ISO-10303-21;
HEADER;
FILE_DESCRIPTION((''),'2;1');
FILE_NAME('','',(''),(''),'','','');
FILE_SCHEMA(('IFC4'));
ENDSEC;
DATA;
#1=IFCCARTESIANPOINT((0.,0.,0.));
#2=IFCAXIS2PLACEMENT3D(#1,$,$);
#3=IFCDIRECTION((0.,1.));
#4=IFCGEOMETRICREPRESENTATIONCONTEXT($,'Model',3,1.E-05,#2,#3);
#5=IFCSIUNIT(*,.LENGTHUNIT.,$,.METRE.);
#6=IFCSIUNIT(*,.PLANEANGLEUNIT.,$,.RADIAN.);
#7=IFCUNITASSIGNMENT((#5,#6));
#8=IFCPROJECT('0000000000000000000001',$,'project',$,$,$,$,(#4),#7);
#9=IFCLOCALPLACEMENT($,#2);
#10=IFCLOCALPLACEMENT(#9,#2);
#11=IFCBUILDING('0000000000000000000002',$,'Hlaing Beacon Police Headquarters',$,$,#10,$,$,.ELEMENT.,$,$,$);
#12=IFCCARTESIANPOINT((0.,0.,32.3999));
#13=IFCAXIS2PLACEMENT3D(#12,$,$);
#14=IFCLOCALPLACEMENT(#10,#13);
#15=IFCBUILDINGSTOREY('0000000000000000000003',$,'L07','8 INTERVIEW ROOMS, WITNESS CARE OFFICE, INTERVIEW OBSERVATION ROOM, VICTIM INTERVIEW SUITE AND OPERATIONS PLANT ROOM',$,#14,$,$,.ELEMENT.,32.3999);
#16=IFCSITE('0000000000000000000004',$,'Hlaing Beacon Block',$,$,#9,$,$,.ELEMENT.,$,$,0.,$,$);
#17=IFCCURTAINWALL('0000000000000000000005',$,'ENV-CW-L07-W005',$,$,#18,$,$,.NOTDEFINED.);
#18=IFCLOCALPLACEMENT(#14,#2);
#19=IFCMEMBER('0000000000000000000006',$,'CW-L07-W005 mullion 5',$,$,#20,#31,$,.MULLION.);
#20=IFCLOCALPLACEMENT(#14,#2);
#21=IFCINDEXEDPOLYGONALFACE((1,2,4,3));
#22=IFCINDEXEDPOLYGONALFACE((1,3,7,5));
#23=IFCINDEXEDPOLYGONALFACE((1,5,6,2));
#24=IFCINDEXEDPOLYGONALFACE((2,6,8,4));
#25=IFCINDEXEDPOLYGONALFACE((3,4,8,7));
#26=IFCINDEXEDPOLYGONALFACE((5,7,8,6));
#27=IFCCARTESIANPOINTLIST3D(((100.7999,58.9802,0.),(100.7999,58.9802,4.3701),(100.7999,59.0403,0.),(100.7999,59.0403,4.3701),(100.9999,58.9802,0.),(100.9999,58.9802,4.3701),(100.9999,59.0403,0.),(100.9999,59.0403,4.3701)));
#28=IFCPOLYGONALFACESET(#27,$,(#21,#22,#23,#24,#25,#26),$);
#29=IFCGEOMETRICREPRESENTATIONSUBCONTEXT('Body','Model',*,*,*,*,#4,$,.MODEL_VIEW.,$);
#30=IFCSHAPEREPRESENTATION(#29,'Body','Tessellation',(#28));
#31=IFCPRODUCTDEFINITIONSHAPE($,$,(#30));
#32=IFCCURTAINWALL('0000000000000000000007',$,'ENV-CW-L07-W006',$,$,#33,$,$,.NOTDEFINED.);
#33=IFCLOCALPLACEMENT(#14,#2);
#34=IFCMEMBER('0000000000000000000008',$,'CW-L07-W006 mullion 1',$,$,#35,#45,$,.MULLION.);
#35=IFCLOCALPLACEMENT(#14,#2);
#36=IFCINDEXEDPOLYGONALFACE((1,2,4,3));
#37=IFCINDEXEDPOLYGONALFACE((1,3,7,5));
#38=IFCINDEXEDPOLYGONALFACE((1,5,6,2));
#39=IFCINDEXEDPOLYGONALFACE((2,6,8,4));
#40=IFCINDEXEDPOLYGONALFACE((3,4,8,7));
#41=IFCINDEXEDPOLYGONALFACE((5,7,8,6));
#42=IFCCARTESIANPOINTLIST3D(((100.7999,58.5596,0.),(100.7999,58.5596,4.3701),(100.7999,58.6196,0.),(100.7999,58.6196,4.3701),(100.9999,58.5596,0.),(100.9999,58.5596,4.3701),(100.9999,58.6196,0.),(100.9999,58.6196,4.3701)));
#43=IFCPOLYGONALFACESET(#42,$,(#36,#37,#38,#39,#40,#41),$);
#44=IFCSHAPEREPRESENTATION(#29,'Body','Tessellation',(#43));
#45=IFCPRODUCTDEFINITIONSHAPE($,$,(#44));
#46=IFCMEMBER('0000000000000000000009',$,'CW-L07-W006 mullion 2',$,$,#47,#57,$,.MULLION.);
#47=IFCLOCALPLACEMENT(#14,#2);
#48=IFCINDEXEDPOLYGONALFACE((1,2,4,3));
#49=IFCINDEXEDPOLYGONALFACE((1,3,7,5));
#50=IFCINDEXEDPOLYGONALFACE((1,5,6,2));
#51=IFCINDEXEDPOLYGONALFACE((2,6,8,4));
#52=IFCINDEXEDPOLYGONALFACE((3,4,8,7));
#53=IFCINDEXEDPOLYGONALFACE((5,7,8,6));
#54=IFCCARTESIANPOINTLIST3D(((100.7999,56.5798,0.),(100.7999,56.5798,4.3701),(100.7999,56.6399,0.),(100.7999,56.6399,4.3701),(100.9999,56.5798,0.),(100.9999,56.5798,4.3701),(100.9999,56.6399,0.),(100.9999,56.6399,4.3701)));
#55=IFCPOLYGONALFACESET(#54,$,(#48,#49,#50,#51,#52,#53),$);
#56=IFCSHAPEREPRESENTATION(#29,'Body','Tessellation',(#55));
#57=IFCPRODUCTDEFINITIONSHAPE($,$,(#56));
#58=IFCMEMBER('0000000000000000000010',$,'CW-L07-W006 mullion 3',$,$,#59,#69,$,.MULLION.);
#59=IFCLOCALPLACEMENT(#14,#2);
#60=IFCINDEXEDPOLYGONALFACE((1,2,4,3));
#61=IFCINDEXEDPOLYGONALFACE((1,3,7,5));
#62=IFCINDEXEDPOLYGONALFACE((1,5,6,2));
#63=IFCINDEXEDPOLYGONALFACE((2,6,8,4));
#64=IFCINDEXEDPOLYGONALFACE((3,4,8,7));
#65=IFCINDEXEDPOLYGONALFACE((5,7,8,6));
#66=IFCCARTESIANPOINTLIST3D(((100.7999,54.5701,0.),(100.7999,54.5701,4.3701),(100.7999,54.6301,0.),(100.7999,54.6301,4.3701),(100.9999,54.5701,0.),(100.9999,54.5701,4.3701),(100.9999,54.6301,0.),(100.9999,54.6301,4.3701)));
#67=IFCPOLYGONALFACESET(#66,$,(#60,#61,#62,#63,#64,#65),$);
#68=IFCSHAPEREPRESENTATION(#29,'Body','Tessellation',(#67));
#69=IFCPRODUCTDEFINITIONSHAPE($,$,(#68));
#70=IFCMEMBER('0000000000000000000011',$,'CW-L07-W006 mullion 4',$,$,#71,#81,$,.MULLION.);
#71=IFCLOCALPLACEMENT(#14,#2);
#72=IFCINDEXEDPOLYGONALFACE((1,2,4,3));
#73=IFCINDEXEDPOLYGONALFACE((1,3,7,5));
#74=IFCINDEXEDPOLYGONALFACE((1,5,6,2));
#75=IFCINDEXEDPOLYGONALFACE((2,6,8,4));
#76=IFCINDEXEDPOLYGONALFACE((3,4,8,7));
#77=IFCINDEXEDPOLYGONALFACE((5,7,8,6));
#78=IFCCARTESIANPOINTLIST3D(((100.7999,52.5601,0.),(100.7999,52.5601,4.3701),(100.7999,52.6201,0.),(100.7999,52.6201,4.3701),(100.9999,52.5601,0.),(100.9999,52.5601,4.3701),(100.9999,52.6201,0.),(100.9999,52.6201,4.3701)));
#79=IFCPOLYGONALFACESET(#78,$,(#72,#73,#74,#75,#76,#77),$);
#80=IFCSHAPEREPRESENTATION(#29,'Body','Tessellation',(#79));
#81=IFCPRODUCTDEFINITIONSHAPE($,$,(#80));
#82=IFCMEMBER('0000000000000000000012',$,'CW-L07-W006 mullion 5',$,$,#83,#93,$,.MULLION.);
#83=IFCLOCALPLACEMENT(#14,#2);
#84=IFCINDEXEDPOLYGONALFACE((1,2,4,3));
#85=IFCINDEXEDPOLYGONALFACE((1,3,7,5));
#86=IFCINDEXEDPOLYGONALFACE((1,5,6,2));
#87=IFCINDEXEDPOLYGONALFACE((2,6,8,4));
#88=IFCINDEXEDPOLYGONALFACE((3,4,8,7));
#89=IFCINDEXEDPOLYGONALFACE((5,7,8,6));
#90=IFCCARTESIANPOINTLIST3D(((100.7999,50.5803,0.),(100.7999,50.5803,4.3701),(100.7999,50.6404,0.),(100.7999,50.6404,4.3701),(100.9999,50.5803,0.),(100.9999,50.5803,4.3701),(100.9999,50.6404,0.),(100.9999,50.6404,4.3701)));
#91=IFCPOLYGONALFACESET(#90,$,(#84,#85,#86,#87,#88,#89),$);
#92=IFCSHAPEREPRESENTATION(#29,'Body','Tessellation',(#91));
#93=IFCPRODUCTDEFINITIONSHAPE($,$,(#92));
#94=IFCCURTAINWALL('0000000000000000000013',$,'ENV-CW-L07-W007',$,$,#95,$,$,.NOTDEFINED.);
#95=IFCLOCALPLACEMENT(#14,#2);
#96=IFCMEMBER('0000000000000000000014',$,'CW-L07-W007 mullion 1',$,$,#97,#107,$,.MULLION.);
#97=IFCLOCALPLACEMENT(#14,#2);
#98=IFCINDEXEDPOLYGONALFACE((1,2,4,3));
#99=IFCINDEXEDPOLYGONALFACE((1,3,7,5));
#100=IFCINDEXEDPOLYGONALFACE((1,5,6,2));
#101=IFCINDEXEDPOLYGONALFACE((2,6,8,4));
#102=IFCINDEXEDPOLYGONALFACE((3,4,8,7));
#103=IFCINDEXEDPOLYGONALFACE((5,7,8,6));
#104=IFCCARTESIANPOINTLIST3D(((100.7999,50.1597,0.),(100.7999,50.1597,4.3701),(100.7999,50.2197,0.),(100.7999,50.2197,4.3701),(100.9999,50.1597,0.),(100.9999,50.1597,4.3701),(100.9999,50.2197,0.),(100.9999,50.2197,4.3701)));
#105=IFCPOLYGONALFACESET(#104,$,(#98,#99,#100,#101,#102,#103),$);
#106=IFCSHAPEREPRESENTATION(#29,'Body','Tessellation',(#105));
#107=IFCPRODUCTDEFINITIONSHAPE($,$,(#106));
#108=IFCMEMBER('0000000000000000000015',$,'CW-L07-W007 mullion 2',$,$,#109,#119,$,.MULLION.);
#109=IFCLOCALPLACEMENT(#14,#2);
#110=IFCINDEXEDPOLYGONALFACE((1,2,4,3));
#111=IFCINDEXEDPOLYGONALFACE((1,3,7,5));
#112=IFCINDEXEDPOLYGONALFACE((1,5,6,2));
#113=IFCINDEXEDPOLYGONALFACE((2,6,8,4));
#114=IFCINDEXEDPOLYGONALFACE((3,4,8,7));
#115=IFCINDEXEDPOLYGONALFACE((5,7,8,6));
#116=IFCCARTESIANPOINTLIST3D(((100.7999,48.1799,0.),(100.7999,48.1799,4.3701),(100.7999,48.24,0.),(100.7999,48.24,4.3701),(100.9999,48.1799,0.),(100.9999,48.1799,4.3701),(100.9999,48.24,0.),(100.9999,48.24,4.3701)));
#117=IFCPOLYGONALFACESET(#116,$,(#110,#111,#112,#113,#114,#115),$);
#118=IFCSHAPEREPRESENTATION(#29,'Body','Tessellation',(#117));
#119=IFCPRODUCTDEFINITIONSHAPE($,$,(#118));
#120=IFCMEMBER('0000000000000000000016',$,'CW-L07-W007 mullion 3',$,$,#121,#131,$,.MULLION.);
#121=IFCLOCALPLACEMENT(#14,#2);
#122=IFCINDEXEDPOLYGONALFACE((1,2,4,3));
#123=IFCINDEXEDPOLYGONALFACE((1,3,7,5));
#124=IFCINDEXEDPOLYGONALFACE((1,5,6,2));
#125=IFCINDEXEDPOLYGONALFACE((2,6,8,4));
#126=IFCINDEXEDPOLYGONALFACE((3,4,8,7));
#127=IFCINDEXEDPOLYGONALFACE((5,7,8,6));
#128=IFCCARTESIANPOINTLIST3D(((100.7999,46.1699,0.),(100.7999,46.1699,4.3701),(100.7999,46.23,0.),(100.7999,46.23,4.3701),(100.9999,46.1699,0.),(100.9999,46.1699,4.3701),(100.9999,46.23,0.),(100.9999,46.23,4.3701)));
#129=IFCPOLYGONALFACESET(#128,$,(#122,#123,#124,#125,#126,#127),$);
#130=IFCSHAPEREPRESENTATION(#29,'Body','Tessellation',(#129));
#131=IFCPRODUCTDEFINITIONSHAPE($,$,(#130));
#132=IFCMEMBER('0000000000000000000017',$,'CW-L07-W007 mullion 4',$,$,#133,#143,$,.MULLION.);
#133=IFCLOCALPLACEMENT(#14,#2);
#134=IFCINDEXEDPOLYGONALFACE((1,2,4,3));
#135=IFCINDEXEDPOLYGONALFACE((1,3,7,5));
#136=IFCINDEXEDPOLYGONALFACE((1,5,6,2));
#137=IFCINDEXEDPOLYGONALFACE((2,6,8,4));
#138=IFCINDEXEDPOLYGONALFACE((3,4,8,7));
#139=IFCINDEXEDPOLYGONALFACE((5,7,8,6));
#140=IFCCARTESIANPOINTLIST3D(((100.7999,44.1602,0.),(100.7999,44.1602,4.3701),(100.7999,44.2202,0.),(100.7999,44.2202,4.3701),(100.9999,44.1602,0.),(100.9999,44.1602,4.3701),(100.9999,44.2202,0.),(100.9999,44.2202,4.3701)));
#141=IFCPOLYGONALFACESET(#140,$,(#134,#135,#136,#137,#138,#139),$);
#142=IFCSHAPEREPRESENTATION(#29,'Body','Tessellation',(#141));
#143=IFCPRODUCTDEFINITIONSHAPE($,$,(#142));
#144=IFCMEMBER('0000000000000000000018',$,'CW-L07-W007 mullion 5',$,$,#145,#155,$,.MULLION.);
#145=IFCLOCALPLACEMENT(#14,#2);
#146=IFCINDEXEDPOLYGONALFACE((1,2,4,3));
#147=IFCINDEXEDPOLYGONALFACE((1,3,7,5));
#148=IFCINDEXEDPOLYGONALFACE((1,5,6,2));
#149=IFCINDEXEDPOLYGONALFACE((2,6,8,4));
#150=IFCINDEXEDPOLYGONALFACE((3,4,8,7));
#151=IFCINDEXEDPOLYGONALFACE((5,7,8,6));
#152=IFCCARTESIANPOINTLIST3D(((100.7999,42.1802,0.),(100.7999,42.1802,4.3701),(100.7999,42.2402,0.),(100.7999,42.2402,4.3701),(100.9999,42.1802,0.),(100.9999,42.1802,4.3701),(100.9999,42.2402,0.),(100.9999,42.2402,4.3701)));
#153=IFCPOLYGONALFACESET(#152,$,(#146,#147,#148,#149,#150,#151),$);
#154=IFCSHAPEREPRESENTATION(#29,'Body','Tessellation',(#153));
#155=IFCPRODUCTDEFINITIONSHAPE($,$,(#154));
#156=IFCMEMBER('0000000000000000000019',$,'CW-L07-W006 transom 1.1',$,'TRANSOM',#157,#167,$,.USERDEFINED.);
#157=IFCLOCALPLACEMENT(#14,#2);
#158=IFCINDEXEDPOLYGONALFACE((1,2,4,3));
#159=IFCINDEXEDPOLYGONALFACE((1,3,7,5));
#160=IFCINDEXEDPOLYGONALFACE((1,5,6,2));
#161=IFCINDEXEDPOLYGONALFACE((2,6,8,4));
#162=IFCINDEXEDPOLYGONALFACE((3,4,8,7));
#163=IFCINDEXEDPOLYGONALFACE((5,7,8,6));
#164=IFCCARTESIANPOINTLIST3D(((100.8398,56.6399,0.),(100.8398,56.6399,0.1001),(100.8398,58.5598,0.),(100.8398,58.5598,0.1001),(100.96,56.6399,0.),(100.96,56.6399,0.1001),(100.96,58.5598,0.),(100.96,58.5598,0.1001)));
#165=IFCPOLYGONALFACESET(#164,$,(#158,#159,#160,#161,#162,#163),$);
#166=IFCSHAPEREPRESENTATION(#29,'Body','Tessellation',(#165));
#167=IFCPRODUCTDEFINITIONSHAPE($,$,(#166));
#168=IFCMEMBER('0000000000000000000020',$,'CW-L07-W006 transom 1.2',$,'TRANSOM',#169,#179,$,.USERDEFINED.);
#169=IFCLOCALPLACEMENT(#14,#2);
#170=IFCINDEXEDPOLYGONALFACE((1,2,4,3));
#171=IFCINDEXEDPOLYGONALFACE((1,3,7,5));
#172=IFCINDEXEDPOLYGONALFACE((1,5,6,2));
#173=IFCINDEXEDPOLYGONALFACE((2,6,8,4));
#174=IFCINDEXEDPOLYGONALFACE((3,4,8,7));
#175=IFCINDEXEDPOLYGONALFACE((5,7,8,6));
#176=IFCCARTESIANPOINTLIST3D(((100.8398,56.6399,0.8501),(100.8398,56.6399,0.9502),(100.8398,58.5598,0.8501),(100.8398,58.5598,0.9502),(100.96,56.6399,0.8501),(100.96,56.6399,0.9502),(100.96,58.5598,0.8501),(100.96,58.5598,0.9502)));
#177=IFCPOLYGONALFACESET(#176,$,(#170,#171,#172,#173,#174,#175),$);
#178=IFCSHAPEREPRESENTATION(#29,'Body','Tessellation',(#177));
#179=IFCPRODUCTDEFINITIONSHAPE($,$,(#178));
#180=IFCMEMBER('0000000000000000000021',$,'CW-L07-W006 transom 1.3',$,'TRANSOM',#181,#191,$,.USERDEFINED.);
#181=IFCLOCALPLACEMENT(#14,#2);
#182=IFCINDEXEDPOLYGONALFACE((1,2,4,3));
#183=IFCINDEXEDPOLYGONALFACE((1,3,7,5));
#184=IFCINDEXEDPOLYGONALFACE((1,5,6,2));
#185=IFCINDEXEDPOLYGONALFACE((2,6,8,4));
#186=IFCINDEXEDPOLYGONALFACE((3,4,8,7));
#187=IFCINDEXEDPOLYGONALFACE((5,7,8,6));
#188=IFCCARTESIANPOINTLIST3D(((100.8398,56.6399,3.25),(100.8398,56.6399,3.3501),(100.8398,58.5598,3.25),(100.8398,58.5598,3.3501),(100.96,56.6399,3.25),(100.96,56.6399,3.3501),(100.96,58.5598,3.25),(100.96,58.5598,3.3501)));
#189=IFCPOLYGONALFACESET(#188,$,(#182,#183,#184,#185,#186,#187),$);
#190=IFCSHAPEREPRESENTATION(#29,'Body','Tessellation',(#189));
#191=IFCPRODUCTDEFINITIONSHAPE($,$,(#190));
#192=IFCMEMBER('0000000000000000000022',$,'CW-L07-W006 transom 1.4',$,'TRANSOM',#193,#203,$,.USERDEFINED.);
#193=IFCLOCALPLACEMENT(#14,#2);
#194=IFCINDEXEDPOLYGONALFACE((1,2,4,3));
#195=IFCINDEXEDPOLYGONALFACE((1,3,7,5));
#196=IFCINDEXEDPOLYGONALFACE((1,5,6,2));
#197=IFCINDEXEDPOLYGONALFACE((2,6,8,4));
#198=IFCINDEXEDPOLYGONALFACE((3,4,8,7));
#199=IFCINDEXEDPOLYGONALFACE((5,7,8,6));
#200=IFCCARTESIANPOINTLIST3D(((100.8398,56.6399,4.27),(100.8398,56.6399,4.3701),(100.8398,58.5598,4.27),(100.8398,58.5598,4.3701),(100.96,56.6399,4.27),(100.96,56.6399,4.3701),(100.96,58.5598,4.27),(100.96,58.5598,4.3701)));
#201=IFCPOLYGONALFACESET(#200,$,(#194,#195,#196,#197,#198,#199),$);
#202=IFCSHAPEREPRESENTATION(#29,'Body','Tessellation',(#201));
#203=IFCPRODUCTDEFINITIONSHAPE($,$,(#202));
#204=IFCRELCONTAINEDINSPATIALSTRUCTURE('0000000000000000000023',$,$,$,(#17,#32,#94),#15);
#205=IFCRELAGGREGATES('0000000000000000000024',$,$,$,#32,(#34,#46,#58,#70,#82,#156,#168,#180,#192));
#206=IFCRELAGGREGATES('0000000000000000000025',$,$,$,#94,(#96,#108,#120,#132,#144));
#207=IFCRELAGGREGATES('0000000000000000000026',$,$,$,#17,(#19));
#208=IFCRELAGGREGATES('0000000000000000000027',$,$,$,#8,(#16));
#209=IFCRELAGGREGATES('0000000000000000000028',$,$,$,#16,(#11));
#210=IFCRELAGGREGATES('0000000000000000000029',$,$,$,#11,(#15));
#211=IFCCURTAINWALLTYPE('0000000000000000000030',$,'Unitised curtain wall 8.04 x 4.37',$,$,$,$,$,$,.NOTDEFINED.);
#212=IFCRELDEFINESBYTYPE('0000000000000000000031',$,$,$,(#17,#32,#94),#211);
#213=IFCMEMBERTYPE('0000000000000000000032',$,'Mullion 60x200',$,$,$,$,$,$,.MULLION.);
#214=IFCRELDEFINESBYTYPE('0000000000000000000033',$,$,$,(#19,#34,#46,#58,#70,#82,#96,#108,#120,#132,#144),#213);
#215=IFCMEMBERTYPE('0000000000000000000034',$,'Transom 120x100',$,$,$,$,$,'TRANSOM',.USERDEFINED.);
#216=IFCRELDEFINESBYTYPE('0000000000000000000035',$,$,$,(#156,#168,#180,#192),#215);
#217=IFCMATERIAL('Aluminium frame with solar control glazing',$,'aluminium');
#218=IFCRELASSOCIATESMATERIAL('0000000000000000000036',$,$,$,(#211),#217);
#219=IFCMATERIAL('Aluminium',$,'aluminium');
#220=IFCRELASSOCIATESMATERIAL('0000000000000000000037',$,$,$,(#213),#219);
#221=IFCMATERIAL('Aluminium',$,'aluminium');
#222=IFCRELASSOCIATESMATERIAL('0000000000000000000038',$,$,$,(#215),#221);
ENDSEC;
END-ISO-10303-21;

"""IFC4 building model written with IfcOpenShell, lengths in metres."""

from ifc_helpers import new_model, si_unit, direction, frame, origin, origin_2d, place, context, subcontext, project, spatial, rectangle, extrude, material, material_profile, profile_set, type_object, element, aggregate, save


model = new_model("IFC4")

# Units and contexts
model_context = context("Model", 3, precision=1e-05, world=origin(), true_north=direction((0.0, 1.0)))
body_context = subcontext(model_context, "Body", "Model", "MODEL_VIEW")
ifc_project = project(units=[si_unit("LENGTHUNIT", "METRE"), si_unit("PLANEANGLEUNIT", "RADIAN")], contexts=[model_context])

# Site, building, storey
site_placement = place(None, origin())
site = spatial("IfcSite", under=ifc_project, at=site_placement, Name="Hlaing Beacon Block", CompositionType="ELEMENT", RefElevation=0.0)
building_placement = place(site_placement, origin())
building = spatial("IfcBuilding", under=site, at=building_placement, Name="Hlaing Beacon Police Headquarters", CompositionType="ELEMENT")
storey_placement = place(building_placement, frame((0.0, 0.0, 32.3999)))
storey = spatial("IfcBuildingStorey", under=building, at=storey_placement, Name="L07", Description="8 INTERVIEW ROOMS, WITNESS CARE OFFICE, INTERVIEW OBSERVATION ROOM, VICTIM INTERVIEW SUITE AND OPERATIONS PLANT ROOM", CompositionType="ELEMENT", Elevation=32.3999)

# Curtain wall, member
ifc_material_1 = material(Name="Aluminium frame with solar control glazing", Category="aluminium")
curtain_wall_type = type_object("IfcCurtainWallType", Name="Unitised curtain wall 8.04 x 4.37", PredefinedType="NOTDEFINED", material=ifc_material_1)
curtain_wall_1_placement = place(storey_placement, origin())
curtain_wall_1 = element("IfcCurtainWall", 1, at=curtain_wall_1_placement, inside=storey, type_object=curtain_wall_type, Name="ENV-CW-L07-W005", PredefinedType="NOTDEFINED")
ifc_material_2 = material(Name="Aluminium", Category="aluminium")
ifc_material_profile_1 = material_profile(ifc_material_2, rectangle(XDim=0.2, YDim=0.0601, at=origin_2d()), Name="Mullion 60x200")
ifc_profile_set_1 = profile_set([ifc_material_profile_1], Name="Aluminium")
member_type_1 = type_object("IfcMemberType", Name="Mullion 60x200", PredefinedType="MULLION", material=ifc_profile_set_1)
member_1_placement = place(storey_placement, frame((100.8999, 59.0103, 0.0), z_axis=(0.0, 0.0, 1.0), x_axis=(1.0, 0.0, 0.0)))
member_1 = element("IfcMember", 2, at=member_1_placement, type_object=member_type_1, Name="CW-L07-W005 mullion 5", PredefinedType="MULLION", context=body_context, shape_type="SweptSolid", body=[
    extrude(rectangle(XDim=0.2, YDim=0.0601, at=origin_2d()), origin(), (0.0, 0.0, 1.0), 4.3701),
])

# Curtain walls, members
curtain_wall_2_placement = place(storey_placement, origin())
curtain_wall_2 = element("IfcCurtainWall", 3, at=curtain_wall_2_placement, inside=storey, type_object=curtain_wall_type, Name="ENV-CW-L07-W006", PredefinedType="NOTDEFINED")
member_2_placement = place(storey_placement, frame((100.8999, 58.5896, 0.0), z_axis=(0.0, 0.0, 1.0), x_axis=(1.0, 0.0, 0.0)))
member_2 = element("IfcMember", 4, at=member_2_placement, type_object=member_type_1, Name="CW-L07-W006 mullion 1", PredefinedType="MULLION", context=body_context, shape_type="SweptSolid", body=[
    extrude(rectangle(XDim=0.2, YDim=0.0601, at=origin_2d()), origin(), (0.0, 0.0, 1.0), 4.3701),
])
member_3_placement = place(storey_placement, frame((100.8999, 56.6099, 0.0), z_axis=(0.0, 0.0, 1.0), x_axis=(1.0, 0.0, 0.0)))
member_3 = element("IfcMember", 5, at=member_3_placement, type_object=member_type_1, Name="CW-L07-W006 mullion 2", PredefinedType="MULLION", context=body_context, shape_type="SweptSolid", body=[
    extrude(rectangle(XDim=0.2, YDim=0.0601, at=origin_2d()), origin(), (0.0, 0.0, 1.0), 4.3701),
])
member_4_placement = place(storey_placement, frame((100.8999, 54.6001, 0.0), z_axis=(0.0, 0.0, 1.0), x_axis=(1.0, 0.0, 0.0)))
member_4 = element("IfcMember", 6, at=member_4_placement, type_object=member_type_1, Name="CW-L07-W006 mullion 3", PredefinedType="MULLION", context=body_context, shape_type="SweptSolid", body=[
    extrude(rectangle(XDim=0.2, YDim=0.0601, at=origin_2d()), origin(), (0.0, 0.0, 1.0), 4.3701),
])
member_5_placement = place(storey_placement, frame((100.8999, 52.5901, 0.0), z_axis=(0.0, 0.0, 1.0), x_axis=(1.0, 0.0, 0.0)))
member_5 = element("IfcMember", 7, at=member_5_placement, type_object=member_type_1, Name="CW-L07-W006 mullion 4", PredefinedType="MULLION", context=body_context, shape_type="SweptSolid", body=[
    extrude(rectangle(XDim=0.2, YDim=0.0601, at=origin_2d()), origin(), (0.0, 0.0, 1.0), 4.3701),
])
member_6_placement = place(storey_placement, frame((100.8999, 50.6104, 0.0), z_axis=(0.0, 0.0, 1.0), x_axis=(1.0, 0.0, 0.0)))
member_6 = element("IfcMember", 8, at=member_6_placement, type_object=member_type_1, Name="CW-L07-W006 mullion 5", PredefinedType="MULLION", context=body_context, shape_type="SweptSolid", body=[
    extrude(rectangle(XDim=0.2, YDim=0.0601, at=origin_2d()), origin(), (0.0, 0.0, 1.0), 4.3701),
])
curtain_wall_3_placement = place(storey_placement, origin())
curtain_wall_3 = element("IfcCurtainWall", 9, at=curtain_wall_3_placement, inside=storey, type_object=curtain_wall_type, Name="ENV-CW-L07-W007", PredefinedType="NOTDEFINED")
member_7_placement = place(storey_placement, frame((100.8999, 50.1897, 0.0), z_axis=(0.0, 0.0, 1.0), x_axis=(1.0, 0.0, 0.0)))
member_7 = element("IfcMember", 10, at=member_7_placement, type_object=member_type_1, Name="CW-L07-W007 mullion 1", PredefinedType="MULLION", context=body_context, shape_type="SweptSolid", body=[
    extrude(rectangle(XDim=0.2, YDim=0.0601, at=origin_2d()), origin(), (0.0, 0.0, 1.0), 4.3701),
])
member_8_placement = place(storey_placement, frame((100.8999, 48.21, 0.0), z_axis=(0.0, 0.0, 1.0), x_axis=(1.0, 0.0, 0.0)))
member_8 = element("IfcMember", 11, at=member_8_placement, type_object=member_type_1, Name="CW-L07-W007 mullion 2", PredefinedType="MULLION", context=body_context, shape_type="SweptSolid", body=[
    extrude(rectangle(XDim=0.2, YDim=0.0601, at=origin_2d()), origin(), (0.0, 0.0, 1.0), 4.3701),
])
member_9_placement = place(storey_placement, frame((100.8999, 46.2, 0.0), z_axis=(0.0, 0.0, 1.0), x_axis=(1.0, 0.0, 0.0)))
member_9 = element("IfcMember", 12, at=member_9_placement, type_object=member_type_1, Name="CW-L07-W007 mullion 3", PredefinedType="MULLION", context=body_context, shape_type="SweptSolid", body=[
    extrude(rectangle(XDim=0.2, YDim=0.0601, at=origin_2d()), origin(), (0.0, 0.0, 1.0), 4.3701),
])
member_10_placement = place(storey_placement, frame((100.8999, 44.1902, 0.0), z_axis=(0.0, 0.0, 1.0), x_axis=(1.0, 0.0, 0.0)))
member_10 = element("IfcMember", 13, at=member_10_placement, type_object=member_type_1, Name="CW-L07-W007 mullion 4", PredefinedType="MULLION", context=body_context, shape_type="SweptSolid", body=[
    extrude(rectangle(XDim=0.2, YDim=0.0601, at=origin_2d()), origin(), (0.0, 0.0, 1.0), 4.3701),
])
member_11_placement = place(storey_placement, frame((100.8999, 42.2102, 0.0), z_axis=(0.0, 0.0, 1.0), x_axis=(1.0, 0.0, 0.0)))
member_11 = element("IfcMember", 14, at=member_11_placement, type_object=member_type_1, Name="CW-L07-W007 mullion 5", PredefinedType="MULLION", context=body_context, shape_type="SweptSolid", body=[
    extrude(rectangle(XDim=0.2, YDim=0.0601, at=origin_2d()), origin(), (0.0, 0.0, 1.0), 4.3701),
])

# Members
ifc_material_3 = material(Name="Aluminium", Category="aluminium")
ifc_material_profile_2 = material_profile(ifc_material_3, rectangle(XDim=0.1201, YDim=0.1001, at=origin_2d()), Name="Transom 120x100")
ifc_profile_set_2 = profile_set([ifc_material_profile_2], Name="Aluminium")
member_type_2 = type_object("IfcMemberType", Name="Transom 120x100", ElementType="TRANSOM", PredefinedType="USERDEFINED", material=ifc_profile_set_2)
member_12_placement = place(storey_placement, frame((100.8999, 58.5598, 0.05), z_axis=(0.0, -1.0, 0.0), x_axis=(1.0, 0.0, 0.0)))
member_12 = element("IfcMember", 15, at=member_12_placement, type_object=member_type_2, Name="CW-L07-W006 transom 1.1", ObjectType="TRANSOM", PredefinedType="USERDEFINED", context=body_context, shape_type="SweptSolid", body=[
    extrude(rectangle(XDim=0.1201, YDim=0.1001, at=origin_2d()), origin(), (0.0, 0.0, 1.0), 1.9199),
])
member_13_placement = place(storey_placement, frame((100.8999, 58.5598, 0.9001), z_axis=(0.0, -1.0, 0.0), x_axis=(1.0, 0.0, 0.0)))
member_13 = element("IfcMember", 16, at=member_13_placement, type_object=member_type_2, Name="CW-L07-W006 transom 1.2", ObjectType="TRANSOM", PredefinedType="USERDEFINED", context=body_context, shape_type="SweptSolid", body=[
    extrude(rectangle(XDim=0.1201, YDim=0.1001, at=origin_2d()), origin(), (0.0, 0.0, 1.0), 1.9199),
])
member_14_placement = place(storey_placement, frame((100.8999, 58.5598, 3.3), z_axis=(0.0, -1.0, 0.0), x_axis=(1.0, 0.0, 0.0)))
member_14 = element("IfcMember", 17, at=member_14_placement, type_object=member_type_2, Name="CW-L07-W006 transom 1.3", ObjectType="TRANSOM", PredefinedType="USERDEFINED", context=body_context, shape_type="SweptSolid", body=[
    extrude(rectangle(XDim=0.1201, YDim=0.1001, at=origin_2d()), origin(), (0.0, 0.0, 1.0), 1.9199),
])
member_15_placement = place(storey_placement, frame((100.8999, 58.5598, 4.3201), z_axis=(0.0, -1.0, 0.0), x_axis=(1.0, 0.0, 0.0)))
member_15 = element("IfcMember", 18, at=member_15_placement, type_object=member_type_2, Name="CW-L07-W006 transom 1.4", ObjectType="TRANSOM", PredefinedType="USERDEFINED", context=body_context, shape_type="SweptSolid", body=[
    extrude(rectangle(XDim=0.1201, YDim=0.1001, at=origin_2d()), origin(), (0.0, 0.0, 1.0), 1.9199),
])
aggregate(curtain_wall_2, [member_2, member_3, member_4, member_5, member_6, member_12, member_13, member_14, member_15])
aggregate(curtain_wall_3, [member_7, member_8, member_9, member_10, member_11])

aggregate(curtain_wall_1, [member_1])

save(model, "model.ifc")
